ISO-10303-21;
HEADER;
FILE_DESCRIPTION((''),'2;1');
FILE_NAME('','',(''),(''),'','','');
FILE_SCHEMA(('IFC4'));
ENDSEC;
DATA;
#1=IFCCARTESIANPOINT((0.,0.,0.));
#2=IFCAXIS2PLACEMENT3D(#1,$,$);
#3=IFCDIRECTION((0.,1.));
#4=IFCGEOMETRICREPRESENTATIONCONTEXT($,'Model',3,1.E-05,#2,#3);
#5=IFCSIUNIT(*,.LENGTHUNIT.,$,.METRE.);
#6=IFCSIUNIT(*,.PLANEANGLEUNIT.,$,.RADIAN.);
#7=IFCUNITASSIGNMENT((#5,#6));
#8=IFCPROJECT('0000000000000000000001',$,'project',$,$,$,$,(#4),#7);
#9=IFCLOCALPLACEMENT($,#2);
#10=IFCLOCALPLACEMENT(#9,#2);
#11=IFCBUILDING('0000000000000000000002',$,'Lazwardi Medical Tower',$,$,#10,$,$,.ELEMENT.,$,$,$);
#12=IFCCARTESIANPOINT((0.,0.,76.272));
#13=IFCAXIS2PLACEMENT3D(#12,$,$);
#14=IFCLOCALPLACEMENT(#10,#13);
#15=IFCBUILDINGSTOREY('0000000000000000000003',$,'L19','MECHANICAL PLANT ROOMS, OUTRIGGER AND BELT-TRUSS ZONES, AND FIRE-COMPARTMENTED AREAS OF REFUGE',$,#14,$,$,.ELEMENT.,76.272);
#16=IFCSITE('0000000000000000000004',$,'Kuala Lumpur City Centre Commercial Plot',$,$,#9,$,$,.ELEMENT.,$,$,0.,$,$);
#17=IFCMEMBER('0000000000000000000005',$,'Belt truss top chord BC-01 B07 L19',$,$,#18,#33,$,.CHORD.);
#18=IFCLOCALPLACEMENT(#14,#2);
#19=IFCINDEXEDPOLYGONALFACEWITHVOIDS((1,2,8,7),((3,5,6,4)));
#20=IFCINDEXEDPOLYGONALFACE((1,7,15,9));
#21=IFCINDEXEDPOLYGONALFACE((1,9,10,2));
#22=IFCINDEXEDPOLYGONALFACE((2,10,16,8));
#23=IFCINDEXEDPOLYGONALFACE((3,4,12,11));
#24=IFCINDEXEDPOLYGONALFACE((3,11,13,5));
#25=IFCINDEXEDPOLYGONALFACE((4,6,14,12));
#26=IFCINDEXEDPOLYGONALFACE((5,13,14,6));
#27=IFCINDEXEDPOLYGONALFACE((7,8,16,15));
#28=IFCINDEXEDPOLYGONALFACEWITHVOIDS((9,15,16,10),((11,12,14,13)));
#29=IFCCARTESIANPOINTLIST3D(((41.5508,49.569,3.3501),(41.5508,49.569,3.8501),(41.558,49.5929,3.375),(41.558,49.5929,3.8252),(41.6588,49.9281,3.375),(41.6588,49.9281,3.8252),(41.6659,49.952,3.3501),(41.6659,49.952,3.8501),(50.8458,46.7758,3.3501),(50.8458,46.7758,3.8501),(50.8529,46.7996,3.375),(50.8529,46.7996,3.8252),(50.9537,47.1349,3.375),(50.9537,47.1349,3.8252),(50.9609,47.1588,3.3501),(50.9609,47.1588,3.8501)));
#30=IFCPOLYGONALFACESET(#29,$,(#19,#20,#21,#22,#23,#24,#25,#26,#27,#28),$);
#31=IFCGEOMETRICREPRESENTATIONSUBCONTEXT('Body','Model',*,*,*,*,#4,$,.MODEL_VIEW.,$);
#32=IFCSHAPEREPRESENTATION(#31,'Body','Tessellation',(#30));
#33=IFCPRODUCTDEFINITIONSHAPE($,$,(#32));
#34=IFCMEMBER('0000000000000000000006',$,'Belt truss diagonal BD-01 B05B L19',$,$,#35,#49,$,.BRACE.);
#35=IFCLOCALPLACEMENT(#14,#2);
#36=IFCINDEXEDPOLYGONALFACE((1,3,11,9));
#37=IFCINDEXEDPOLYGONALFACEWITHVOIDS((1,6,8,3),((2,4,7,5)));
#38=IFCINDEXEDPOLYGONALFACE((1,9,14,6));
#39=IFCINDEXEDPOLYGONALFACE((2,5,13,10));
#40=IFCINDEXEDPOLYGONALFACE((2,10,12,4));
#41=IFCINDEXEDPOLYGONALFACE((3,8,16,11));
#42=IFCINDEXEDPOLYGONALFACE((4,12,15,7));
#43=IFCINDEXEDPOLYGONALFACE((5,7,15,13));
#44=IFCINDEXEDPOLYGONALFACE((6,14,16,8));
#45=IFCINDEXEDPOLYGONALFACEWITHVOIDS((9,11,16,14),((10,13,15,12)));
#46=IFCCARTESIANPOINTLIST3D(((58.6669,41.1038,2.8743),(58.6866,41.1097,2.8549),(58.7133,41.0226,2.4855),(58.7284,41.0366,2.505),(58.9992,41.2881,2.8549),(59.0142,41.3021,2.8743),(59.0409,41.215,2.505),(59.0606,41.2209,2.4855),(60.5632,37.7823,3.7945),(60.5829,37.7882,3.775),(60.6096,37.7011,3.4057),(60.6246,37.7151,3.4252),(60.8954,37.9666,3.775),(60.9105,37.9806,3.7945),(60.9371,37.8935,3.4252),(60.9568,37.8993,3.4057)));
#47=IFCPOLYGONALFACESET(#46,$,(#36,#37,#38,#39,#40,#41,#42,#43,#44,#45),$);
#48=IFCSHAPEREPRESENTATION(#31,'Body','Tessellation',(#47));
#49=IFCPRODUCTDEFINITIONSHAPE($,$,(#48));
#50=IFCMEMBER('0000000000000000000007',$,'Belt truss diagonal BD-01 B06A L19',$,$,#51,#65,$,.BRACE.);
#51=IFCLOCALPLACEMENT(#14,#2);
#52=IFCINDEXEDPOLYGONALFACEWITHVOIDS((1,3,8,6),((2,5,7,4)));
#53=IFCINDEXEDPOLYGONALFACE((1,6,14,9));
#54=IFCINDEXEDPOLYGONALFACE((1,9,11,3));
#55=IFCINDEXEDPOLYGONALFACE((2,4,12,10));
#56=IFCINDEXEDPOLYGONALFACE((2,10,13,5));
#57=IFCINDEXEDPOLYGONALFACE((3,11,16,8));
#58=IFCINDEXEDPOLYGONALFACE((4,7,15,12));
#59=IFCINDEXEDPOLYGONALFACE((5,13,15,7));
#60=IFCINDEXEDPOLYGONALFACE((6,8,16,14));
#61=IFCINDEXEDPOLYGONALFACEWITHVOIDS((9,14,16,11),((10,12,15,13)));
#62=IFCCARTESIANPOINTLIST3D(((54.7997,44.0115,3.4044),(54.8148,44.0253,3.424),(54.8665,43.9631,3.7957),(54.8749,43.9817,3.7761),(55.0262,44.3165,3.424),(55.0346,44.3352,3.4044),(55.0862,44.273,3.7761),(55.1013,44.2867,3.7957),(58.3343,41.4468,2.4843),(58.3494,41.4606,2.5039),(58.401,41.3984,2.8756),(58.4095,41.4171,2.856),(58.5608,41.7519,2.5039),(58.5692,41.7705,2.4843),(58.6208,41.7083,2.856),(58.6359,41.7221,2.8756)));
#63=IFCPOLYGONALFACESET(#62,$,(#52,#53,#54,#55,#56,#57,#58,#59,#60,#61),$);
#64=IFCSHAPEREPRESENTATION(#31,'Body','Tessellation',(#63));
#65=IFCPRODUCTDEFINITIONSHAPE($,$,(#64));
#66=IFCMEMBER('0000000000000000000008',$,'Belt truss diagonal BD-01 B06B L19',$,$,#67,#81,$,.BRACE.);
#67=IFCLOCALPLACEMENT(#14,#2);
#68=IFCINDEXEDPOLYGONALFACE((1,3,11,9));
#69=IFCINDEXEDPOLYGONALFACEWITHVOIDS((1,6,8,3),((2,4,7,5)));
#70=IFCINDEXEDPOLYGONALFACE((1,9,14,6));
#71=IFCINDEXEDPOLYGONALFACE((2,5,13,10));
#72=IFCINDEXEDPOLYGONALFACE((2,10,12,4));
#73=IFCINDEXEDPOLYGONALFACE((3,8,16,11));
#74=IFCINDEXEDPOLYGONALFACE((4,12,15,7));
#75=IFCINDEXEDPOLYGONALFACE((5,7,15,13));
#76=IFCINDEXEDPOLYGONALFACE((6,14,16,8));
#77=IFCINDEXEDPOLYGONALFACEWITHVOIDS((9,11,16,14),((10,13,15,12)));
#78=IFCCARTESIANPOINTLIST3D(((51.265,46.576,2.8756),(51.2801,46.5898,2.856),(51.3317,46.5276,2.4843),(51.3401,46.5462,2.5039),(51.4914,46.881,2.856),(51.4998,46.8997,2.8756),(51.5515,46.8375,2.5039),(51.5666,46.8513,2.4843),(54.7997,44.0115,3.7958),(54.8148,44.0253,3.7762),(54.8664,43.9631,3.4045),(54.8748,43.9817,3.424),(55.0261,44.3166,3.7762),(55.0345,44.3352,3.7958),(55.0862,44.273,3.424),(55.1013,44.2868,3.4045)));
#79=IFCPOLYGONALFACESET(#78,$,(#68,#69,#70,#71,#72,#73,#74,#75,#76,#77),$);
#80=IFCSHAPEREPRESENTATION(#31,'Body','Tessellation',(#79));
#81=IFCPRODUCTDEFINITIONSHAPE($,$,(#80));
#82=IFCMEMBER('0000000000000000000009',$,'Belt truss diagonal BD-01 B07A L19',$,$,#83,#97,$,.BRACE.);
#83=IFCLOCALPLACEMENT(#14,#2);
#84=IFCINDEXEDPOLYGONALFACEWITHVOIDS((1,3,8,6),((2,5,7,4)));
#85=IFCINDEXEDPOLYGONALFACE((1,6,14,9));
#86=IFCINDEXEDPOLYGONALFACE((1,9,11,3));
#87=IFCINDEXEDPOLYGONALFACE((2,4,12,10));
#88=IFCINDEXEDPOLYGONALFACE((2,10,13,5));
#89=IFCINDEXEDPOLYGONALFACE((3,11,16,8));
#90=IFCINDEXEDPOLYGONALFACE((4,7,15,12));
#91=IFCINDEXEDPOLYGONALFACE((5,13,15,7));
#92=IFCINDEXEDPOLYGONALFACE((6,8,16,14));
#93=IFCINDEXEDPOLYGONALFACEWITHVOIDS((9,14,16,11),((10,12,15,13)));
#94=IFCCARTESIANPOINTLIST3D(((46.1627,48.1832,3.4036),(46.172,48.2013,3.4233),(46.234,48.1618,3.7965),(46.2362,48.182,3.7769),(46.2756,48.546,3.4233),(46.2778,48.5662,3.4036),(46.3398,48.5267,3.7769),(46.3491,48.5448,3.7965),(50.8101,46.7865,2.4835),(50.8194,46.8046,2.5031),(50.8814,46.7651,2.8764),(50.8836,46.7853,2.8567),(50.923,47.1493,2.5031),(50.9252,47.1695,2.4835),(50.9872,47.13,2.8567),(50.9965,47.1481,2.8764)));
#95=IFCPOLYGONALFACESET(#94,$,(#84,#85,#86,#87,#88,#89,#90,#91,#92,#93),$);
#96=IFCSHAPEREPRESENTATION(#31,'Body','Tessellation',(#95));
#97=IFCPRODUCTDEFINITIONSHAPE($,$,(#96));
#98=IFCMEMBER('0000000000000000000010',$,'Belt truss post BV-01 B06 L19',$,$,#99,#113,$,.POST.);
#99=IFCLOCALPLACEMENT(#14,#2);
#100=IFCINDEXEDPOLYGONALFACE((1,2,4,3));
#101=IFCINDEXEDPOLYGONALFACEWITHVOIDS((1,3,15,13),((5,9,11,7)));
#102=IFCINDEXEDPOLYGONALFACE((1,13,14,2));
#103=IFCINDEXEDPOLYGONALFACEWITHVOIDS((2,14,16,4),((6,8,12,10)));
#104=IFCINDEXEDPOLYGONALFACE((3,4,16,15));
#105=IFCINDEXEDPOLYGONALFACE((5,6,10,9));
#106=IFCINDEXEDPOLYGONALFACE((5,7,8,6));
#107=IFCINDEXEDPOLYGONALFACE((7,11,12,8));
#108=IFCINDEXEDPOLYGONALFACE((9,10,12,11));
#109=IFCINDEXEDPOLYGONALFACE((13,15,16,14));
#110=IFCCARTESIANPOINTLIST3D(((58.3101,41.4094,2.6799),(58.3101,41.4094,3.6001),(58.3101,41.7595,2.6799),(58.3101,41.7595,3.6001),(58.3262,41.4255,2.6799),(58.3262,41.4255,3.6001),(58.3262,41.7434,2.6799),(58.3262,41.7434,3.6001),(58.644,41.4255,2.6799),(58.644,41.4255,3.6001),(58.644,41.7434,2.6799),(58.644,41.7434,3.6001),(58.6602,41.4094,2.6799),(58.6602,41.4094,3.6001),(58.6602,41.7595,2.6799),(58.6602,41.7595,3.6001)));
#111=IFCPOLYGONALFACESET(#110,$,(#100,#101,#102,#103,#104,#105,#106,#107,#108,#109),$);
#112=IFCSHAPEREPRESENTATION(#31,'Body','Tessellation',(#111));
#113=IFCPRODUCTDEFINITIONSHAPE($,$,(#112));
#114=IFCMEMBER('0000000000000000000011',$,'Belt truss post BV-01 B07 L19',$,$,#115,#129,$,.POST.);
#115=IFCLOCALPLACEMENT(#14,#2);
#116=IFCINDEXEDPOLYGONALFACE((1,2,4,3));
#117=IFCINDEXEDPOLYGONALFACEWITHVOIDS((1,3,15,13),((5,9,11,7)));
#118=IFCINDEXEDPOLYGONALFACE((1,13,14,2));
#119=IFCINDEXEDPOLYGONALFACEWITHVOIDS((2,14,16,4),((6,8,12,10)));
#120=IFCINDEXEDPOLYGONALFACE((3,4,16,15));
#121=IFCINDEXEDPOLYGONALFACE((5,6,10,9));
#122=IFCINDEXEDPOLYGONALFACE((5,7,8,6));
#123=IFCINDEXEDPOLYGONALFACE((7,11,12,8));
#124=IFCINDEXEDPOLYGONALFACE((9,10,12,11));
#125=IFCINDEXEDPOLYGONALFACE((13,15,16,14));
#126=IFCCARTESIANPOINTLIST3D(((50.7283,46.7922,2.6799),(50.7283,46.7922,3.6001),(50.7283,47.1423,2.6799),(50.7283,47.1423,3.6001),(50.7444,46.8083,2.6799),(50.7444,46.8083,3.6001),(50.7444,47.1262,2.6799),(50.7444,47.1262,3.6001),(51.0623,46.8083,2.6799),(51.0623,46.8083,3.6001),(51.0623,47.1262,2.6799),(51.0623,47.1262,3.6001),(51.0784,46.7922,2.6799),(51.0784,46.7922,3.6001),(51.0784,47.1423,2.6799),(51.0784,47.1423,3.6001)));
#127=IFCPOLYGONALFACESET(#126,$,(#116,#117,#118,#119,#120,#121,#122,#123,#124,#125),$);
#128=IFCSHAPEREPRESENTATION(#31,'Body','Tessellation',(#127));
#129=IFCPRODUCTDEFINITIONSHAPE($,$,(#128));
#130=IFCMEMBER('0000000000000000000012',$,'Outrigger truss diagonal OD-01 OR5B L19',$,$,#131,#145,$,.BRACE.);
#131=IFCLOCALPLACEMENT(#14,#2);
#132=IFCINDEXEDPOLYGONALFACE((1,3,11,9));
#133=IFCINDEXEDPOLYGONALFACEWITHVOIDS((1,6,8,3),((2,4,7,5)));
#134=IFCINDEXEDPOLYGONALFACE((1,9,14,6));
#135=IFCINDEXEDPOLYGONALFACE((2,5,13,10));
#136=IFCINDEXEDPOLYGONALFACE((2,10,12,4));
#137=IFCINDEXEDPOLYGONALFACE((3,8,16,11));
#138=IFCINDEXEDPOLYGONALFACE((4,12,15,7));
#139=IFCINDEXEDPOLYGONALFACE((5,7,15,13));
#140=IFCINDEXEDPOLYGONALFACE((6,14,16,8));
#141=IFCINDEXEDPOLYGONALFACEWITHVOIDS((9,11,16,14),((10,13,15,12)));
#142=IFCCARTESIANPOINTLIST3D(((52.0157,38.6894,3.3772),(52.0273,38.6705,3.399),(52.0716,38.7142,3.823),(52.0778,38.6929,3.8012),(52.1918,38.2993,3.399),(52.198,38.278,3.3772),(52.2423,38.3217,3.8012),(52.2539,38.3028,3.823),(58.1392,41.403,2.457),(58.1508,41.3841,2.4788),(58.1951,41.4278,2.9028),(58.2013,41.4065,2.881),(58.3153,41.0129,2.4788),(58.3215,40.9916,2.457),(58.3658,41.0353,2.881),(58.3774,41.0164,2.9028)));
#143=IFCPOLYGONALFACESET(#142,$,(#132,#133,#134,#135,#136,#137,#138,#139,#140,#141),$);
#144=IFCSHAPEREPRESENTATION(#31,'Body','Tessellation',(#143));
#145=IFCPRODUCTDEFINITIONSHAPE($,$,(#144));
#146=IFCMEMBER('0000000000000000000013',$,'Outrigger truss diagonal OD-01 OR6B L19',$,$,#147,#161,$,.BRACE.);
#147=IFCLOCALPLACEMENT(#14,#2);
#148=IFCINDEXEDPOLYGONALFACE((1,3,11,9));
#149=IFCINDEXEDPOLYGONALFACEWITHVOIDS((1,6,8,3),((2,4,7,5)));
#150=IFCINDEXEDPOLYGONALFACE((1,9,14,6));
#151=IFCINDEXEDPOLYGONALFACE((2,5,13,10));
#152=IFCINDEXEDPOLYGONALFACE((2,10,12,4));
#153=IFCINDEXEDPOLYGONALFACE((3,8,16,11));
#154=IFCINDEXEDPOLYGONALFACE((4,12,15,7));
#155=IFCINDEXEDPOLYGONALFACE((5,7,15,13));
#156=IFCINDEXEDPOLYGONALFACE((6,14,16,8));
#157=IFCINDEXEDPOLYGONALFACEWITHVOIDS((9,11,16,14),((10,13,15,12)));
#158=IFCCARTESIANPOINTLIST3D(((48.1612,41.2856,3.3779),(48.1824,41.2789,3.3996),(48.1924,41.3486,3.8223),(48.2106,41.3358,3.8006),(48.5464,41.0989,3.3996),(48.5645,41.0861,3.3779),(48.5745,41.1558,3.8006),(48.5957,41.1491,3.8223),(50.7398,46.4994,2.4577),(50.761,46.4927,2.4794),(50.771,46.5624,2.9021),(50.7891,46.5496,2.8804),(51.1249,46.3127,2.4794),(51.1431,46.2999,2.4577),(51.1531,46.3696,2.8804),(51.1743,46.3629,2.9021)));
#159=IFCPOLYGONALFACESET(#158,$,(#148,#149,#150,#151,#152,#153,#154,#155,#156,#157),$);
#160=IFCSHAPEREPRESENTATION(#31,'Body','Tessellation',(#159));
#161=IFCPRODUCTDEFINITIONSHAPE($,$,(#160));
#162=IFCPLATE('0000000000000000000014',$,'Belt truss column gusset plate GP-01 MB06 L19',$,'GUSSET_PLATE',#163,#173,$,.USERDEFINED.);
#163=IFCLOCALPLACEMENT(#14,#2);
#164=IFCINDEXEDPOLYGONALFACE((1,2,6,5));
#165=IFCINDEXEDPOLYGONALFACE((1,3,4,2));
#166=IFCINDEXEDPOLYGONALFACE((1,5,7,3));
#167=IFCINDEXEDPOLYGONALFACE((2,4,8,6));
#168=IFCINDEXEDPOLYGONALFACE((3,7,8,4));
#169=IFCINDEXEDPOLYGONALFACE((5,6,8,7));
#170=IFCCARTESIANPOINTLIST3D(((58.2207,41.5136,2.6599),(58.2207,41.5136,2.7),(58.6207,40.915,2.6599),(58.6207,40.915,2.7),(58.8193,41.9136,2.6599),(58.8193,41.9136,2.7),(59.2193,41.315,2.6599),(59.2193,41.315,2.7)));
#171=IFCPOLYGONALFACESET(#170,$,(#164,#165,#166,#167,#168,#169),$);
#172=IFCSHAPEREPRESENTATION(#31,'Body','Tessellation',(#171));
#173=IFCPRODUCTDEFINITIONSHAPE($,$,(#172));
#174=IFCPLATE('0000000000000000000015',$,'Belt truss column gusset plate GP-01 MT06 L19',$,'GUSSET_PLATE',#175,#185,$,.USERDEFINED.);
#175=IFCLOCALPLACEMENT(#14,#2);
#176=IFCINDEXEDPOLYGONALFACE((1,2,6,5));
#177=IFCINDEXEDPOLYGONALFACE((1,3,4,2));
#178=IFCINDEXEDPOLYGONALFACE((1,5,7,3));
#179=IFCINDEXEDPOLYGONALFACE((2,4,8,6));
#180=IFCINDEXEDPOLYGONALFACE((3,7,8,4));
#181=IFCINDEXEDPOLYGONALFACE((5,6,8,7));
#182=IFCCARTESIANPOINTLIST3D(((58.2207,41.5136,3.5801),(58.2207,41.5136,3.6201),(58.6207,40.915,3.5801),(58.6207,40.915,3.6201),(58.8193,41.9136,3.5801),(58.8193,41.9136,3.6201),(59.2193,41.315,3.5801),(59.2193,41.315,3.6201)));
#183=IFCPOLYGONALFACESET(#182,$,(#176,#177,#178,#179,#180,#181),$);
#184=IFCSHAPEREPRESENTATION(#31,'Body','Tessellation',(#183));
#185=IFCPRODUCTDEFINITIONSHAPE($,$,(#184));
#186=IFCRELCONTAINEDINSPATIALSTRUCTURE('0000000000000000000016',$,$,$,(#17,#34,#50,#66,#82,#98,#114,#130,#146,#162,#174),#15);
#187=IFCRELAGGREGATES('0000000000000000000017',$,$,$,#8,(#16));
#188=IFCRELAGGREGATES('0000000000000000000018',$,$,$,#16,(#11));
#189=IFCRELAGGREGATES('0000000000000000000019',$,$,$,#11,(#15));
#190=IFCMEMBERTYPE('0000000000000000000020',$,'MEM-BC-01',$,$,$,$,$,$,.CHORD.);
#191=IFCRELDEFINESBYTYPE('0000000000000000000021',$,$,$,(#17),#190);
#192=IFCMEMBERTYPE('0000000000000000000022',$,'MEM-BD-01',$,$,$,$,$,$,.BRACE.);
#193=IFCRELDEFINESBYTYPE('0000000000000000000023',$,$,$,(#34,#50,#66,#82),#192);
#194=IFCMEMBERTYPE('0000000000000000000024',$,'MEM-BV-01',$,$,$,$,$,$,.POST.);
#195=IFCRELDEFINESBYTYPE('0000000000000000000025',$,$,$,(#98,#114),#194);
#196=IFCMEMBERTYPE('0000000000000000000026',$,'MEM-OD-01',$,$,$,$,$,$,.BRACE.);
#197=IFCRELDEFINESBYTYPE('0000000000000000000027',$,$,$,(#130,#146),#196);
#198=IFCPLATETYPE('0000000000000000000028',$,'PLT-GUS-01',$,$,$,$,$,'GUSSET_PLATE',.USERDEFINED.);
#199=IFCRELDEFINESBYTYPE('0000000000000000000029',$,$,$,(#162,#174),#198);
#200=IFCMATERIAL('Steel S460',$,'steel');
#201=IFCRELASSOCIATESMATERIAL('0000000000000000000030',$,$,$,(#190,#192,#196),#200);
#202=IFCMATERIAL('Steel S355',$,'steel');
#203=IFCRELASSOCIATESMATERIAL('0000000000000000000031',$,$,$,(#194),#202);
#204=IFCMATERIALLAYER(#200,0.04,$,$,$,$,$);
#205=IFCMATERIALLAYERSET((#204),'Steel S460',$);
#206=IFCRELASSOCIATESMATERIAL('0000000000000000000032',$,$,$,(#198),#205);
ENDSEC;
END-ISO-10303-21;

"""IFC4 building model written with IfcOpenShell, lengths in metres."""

from ifc_helpers import new_model, si_unit, direction, frame, origin, origin_2d, place, context, subcontext, project, spatial, rectangle, hollow_rectangle, extrude, material, layer, layer_set, material_profile, profile_set, type_object, element, save


model = new_model("IFC4")

# Units and contexts
model_context = context("Model", 3, precision=1e-05, world=origin(), true_north=direction((0.0, 1.0)))
body_context = subcontext(model_context, "Body", "Model", "MODEL_VIEW")
ifc_project = project(units=[si_unit("LENGTHUNIT", "METRE"), si_unit("PLANEANGLEUNIT", "RADIAN")], contexts=[model_context])

# Site, building, storey
site_placement = place(None, origin())
site = spatial("IfcSite", under=ifc_project, at=site_placement, Name="Kuala Lumpur City Centre Commercial Plot", CompositionType="ELEMENT", RefElevation=0.0)
building_placement = place(site_placement, origin())
building = spatial("IfcBuilding", under=site, at=building_placement, Name="Lazwardi Medical Tower", CompositionType="ELEMENT")
storey_placement = place(building_placement, frame((0.0, 0.0, 76.272)))
storey = spatial("IfcBuildingStorey", under=building, at=storey_placement, Name="L19", Description="MECHANICAL PLANT ROOMS, OUTRIGGER AND BELT-TRUSS ZONES, AND FIRE-COMPARTMENTED AREAS OF REFUGE", CompositionType="ELEMENT", Elevation=76.272)

# Shared definitions
ifc_material_1 = material(Name="Steel S355", Category="steel")
ifc_material_2 = material(Name="Steel S460", Category="steel")

# Members
ifc_material_profile_1 = material_profile(ifc_material_2, hollow_rectangle(XDim=0.3999, YDim=0.5, WallThickness=0.0249, at=origin_2d()), Name="RHS 500x400x25")
ifc_profile_set_1 = profile_set([ifc_material_profile_1], Name="Steel S460")
member_type_1 = type_object("IfcMemberType", Name="MEM-BC-01", PredefinedType="CHORD", material=ifc_profile_set_1)
for number, where, z_axis, x_axis, name in (
    (1, (50.9033, 46.9673, 3.6001), (-0.957692, 0.287796, 0.0), (-0.287796, -0.957692, 0.0), "Belt truss top chord BC-01 B07 L19"),
):
    element("IfcMember", number, at=place(storey_placement, frame(where, z_axis=z_axis, x_axis=x_axis)), inside=storey, type_object=member_type_1, Name=name, PredefinedType="CHORD", context=body_context, shape_type="SweptSolid", body=[
        extrude(hollow_rectangle(XDim=0.3999, YDim=0.5, WallThickness=0.0249, at=origin_2d()), origin(), (0.0, 0.0, 1.0), 9.7056),
    ])
ifc_material_profile_2 = material_profile(ifc_material_2, hollow_rectangle(XDim=0.3999, YDim=0.3999, WallThickness=0.02, at=origin_2d()), Name="RHS 400x400x20")
ifc_profile_set_2 = profile_set([ifc_material_profile_2], Name="Steel S460")
member_type_2 = type_object("IfcMemberType", Name="MEM-BD-01", PredefinedType="BRACE", material=ifc_profile_set_2)
member_1_placement = place(storey_placement, frame((58.8638, 41.1624, 2.6799), z_axis=(0.482034, -0.844351, 0.233911), x_axis=(0.868443, 0.495788, 0.0)))
element("IfcMember", 2, at=member_1_placement, inside=storey, type_object=member_type_2, Name="Belt truss diagonal BD-01 B05B L19", PredefinedType="BRACE", context=body_context, shape_type="SweptSolid", body=[
    extrude(hollow_rectangle(XDim=0.3999, YDim=0.3999, WallThickness=0.02, at=origin_2d()), origin(), (0.0, 0.0, 1.0), 3.9338),
])
for number, where, z_axis, x_axis, name in (
    (3, (58.4851, 41.5845, 2.6799), (-0.791996, 0.574659, 0.206177), (-0.587277, -0.809386, 0.0), "Belt truss diagonal BD-01 B06A L19"),
    (4, (51.4158, 46.7136, 2.6799), (0.792021, -0.574623, 0.206184), (0.587241, 0.809412, 0.0), "Belt truss diagonal BD-01 B06B L19"),
):
    element("IfcMember", number, at=place(storey_placement, frame(where, z_axis=z_axis, x_axis=x_axis)), inside=storey, type_object=member_type_2, Name=name, PredefinedType="BRACE", context=body_context, shape_type="SweptSolid", body=[
        extrude(hollow_rectangle(XDim=0.3999, YDim=0.3999, WallThickness=0.02, at=origin_2d()), origin(), (0.0, 0.0, 1.0), 4.4629),
    ])
member_2_placement = place(storey_placement, frame((50.9033, 46.9673, 2.6799), z_axis=(-0.940919, 0.28278, 0.186296), x_axis=(-0.287819, -0.957685, 0.0)))
element("IfcMember", 5, at=member_2_placement, inside=storey, type_object=member_type_2, Name="Belt truss diagonal BD-01 B07A L19", PredefinedType="BRACE", context=body_context, shape_type="SweptSolid", body=[
    extrude(hollow_rectangle(XDim=0.3999, YDim=0.3999, WallThickness=0.02, at=origin_2d()), origin(), (0.0, 0.0, 1.0), 4.9392),
])
ifc_material_profile_3 = material_profile(ifc_material_1, hollow_rectangle(XDim=0.3501, YDim=0.3501, WallThickness=0.0161, at=origin_2d()), Name="RHS 350x350x16")
ifc_profile_set_3 = profile_set([ifc_material_profile_3], Name="Steel S355")
member_type_3 = type_object("IfcMemberType", Name="MEM-BV-01", PredefinedType="POST", material=ifc_profile_set_3)
for number, where, z_axis, x_axis, name in (
    (6, (58.4851, 41.5845, 2.6799), (0.0, 0.0, 1.0), (1.0, 0.0, 0.0), "Belt truss post BV-01 B06 L19"),
    (7, (50.9033, 46.9673, 2.6799), (0.0, 0.0, 1.0), (1.0, 0.0, 0.0), "Belt truss post BV-01 B07 L19"),
):
    element("IfcMember", number, at=place(storey_placement, frame(where, z_axis=z_axis, x_axis=x_axis)), inside=storey, type_object=member_type_3, Name=name, PredefinedType="POST", context=body_context, shape_type="SweptSolid", body=[
        extrude(hollow_rectangle(XDim=0.3501, YDim=0.3501, WallThickness=0.0161, at=origin_2d()), origin(), (0.0, 0.0, 1.0), 0.9202),
    ])
ifc_material_profile_4 = material_profile(ifc_material_2, hollow_rectangle(XDim=0.45, YDim=0.45, WallThickness=0.022, at=origin_2d()), Name="RHS 450x450x22")
ifc_profile_set_4 = profile_set([ifc_material_profile_4], Name="Steel S460")
member_type_4 = type_object("IfcMemberType", Name="MEM-OD-01", PredefinedType="BRACE", material=ifc_profile_set_4)
member_3_placement = place(storey_placement, frame((58.2583, 41.2097, 2.6799), z_axis=(-0.905744, -0.401377, 0.136104), x_axis=(0.405147, -0.914251, 0.0)))
element("IfcMember", 8, at=member_3_placement, inside=storey, type_object=member_type_4, Name="Outrigger truss diagonal OD-01 OR5B L19", PredefinedType="BRACE", context=body_context, shape_type="SweptSolid", body=[
    extrude(hollow_rectangle(XDim=0.45, YDim=0.45, WallThickness=0.022, at=origin_2d()), origin(), (0.0, 0.0, 1.0), 6.7607),
])
member_4_placement = place(storey_placement, frame((50.957, 46.4312, 2.6799), z_axis=(-0.437869, -0.885356, 0.156252), x_axis=(0.896366, -0.443314, 0.0)))
element("IfcMember", 9, at=member_4_placement, inside=storey, type_object=member_type_4, Name="Outrigger truss diagonal OD-01 OR6B L19", PredefinedType="BRACE", context=body_context, shape_type="SweptSolid", body=[
    extrude(hollow_rectangle(XDim=0.45, YDim=0.45, WallThickness=0.022, at=origin_2d()), origin(), (0.0, 0.0, 1.0), 5.8889),
])

# Plates
ifc_layer = layer(ifc_material_2, 0.04)
ifc_layer_set = layer_set([ifc_layer], Name="Steel S460")
plate_type = type_object("IfcPlateType", Name="PLT-GUS-01", ElementType="GUSSET_PLATE", PredefinedType="USERDEFINED", material=ifc_layer_set)
for number, where, z_axis, x_axis, name in (
    (10, (58.72, 41.4143, 2.6599), (0.0, 0.0, 1.0), (0.83147, 0.55557, 0.0), "Belt truss column gusset plate GP-01 MB06 L19"),
    (11, (58.72, 41.4143, 3.5801), (0.0, 0.0, 1.0), (0.83147, 0.55557, 0.0), "Belt truss column gusset plate GP-01 MT06 L19"),
):
    element("IfcPlate", number, at=place(storey_placement, frame(where, z_axis=z_axis, x_axis=x_axis)), inside=storey, type_object=plate_type, Name=name, ObjectType="GUSSET_PLATE", PredefinedType="USERDEFINED", context=body_context, shape_type="SweptSolid", body=[
        extrude(rectangle(XDim=0.72, YDim=0.72, at=origin_2d()), origin(), (0.0, 0.0, 1.0), 0.04),
    ])

save(model, "model.ifc")
